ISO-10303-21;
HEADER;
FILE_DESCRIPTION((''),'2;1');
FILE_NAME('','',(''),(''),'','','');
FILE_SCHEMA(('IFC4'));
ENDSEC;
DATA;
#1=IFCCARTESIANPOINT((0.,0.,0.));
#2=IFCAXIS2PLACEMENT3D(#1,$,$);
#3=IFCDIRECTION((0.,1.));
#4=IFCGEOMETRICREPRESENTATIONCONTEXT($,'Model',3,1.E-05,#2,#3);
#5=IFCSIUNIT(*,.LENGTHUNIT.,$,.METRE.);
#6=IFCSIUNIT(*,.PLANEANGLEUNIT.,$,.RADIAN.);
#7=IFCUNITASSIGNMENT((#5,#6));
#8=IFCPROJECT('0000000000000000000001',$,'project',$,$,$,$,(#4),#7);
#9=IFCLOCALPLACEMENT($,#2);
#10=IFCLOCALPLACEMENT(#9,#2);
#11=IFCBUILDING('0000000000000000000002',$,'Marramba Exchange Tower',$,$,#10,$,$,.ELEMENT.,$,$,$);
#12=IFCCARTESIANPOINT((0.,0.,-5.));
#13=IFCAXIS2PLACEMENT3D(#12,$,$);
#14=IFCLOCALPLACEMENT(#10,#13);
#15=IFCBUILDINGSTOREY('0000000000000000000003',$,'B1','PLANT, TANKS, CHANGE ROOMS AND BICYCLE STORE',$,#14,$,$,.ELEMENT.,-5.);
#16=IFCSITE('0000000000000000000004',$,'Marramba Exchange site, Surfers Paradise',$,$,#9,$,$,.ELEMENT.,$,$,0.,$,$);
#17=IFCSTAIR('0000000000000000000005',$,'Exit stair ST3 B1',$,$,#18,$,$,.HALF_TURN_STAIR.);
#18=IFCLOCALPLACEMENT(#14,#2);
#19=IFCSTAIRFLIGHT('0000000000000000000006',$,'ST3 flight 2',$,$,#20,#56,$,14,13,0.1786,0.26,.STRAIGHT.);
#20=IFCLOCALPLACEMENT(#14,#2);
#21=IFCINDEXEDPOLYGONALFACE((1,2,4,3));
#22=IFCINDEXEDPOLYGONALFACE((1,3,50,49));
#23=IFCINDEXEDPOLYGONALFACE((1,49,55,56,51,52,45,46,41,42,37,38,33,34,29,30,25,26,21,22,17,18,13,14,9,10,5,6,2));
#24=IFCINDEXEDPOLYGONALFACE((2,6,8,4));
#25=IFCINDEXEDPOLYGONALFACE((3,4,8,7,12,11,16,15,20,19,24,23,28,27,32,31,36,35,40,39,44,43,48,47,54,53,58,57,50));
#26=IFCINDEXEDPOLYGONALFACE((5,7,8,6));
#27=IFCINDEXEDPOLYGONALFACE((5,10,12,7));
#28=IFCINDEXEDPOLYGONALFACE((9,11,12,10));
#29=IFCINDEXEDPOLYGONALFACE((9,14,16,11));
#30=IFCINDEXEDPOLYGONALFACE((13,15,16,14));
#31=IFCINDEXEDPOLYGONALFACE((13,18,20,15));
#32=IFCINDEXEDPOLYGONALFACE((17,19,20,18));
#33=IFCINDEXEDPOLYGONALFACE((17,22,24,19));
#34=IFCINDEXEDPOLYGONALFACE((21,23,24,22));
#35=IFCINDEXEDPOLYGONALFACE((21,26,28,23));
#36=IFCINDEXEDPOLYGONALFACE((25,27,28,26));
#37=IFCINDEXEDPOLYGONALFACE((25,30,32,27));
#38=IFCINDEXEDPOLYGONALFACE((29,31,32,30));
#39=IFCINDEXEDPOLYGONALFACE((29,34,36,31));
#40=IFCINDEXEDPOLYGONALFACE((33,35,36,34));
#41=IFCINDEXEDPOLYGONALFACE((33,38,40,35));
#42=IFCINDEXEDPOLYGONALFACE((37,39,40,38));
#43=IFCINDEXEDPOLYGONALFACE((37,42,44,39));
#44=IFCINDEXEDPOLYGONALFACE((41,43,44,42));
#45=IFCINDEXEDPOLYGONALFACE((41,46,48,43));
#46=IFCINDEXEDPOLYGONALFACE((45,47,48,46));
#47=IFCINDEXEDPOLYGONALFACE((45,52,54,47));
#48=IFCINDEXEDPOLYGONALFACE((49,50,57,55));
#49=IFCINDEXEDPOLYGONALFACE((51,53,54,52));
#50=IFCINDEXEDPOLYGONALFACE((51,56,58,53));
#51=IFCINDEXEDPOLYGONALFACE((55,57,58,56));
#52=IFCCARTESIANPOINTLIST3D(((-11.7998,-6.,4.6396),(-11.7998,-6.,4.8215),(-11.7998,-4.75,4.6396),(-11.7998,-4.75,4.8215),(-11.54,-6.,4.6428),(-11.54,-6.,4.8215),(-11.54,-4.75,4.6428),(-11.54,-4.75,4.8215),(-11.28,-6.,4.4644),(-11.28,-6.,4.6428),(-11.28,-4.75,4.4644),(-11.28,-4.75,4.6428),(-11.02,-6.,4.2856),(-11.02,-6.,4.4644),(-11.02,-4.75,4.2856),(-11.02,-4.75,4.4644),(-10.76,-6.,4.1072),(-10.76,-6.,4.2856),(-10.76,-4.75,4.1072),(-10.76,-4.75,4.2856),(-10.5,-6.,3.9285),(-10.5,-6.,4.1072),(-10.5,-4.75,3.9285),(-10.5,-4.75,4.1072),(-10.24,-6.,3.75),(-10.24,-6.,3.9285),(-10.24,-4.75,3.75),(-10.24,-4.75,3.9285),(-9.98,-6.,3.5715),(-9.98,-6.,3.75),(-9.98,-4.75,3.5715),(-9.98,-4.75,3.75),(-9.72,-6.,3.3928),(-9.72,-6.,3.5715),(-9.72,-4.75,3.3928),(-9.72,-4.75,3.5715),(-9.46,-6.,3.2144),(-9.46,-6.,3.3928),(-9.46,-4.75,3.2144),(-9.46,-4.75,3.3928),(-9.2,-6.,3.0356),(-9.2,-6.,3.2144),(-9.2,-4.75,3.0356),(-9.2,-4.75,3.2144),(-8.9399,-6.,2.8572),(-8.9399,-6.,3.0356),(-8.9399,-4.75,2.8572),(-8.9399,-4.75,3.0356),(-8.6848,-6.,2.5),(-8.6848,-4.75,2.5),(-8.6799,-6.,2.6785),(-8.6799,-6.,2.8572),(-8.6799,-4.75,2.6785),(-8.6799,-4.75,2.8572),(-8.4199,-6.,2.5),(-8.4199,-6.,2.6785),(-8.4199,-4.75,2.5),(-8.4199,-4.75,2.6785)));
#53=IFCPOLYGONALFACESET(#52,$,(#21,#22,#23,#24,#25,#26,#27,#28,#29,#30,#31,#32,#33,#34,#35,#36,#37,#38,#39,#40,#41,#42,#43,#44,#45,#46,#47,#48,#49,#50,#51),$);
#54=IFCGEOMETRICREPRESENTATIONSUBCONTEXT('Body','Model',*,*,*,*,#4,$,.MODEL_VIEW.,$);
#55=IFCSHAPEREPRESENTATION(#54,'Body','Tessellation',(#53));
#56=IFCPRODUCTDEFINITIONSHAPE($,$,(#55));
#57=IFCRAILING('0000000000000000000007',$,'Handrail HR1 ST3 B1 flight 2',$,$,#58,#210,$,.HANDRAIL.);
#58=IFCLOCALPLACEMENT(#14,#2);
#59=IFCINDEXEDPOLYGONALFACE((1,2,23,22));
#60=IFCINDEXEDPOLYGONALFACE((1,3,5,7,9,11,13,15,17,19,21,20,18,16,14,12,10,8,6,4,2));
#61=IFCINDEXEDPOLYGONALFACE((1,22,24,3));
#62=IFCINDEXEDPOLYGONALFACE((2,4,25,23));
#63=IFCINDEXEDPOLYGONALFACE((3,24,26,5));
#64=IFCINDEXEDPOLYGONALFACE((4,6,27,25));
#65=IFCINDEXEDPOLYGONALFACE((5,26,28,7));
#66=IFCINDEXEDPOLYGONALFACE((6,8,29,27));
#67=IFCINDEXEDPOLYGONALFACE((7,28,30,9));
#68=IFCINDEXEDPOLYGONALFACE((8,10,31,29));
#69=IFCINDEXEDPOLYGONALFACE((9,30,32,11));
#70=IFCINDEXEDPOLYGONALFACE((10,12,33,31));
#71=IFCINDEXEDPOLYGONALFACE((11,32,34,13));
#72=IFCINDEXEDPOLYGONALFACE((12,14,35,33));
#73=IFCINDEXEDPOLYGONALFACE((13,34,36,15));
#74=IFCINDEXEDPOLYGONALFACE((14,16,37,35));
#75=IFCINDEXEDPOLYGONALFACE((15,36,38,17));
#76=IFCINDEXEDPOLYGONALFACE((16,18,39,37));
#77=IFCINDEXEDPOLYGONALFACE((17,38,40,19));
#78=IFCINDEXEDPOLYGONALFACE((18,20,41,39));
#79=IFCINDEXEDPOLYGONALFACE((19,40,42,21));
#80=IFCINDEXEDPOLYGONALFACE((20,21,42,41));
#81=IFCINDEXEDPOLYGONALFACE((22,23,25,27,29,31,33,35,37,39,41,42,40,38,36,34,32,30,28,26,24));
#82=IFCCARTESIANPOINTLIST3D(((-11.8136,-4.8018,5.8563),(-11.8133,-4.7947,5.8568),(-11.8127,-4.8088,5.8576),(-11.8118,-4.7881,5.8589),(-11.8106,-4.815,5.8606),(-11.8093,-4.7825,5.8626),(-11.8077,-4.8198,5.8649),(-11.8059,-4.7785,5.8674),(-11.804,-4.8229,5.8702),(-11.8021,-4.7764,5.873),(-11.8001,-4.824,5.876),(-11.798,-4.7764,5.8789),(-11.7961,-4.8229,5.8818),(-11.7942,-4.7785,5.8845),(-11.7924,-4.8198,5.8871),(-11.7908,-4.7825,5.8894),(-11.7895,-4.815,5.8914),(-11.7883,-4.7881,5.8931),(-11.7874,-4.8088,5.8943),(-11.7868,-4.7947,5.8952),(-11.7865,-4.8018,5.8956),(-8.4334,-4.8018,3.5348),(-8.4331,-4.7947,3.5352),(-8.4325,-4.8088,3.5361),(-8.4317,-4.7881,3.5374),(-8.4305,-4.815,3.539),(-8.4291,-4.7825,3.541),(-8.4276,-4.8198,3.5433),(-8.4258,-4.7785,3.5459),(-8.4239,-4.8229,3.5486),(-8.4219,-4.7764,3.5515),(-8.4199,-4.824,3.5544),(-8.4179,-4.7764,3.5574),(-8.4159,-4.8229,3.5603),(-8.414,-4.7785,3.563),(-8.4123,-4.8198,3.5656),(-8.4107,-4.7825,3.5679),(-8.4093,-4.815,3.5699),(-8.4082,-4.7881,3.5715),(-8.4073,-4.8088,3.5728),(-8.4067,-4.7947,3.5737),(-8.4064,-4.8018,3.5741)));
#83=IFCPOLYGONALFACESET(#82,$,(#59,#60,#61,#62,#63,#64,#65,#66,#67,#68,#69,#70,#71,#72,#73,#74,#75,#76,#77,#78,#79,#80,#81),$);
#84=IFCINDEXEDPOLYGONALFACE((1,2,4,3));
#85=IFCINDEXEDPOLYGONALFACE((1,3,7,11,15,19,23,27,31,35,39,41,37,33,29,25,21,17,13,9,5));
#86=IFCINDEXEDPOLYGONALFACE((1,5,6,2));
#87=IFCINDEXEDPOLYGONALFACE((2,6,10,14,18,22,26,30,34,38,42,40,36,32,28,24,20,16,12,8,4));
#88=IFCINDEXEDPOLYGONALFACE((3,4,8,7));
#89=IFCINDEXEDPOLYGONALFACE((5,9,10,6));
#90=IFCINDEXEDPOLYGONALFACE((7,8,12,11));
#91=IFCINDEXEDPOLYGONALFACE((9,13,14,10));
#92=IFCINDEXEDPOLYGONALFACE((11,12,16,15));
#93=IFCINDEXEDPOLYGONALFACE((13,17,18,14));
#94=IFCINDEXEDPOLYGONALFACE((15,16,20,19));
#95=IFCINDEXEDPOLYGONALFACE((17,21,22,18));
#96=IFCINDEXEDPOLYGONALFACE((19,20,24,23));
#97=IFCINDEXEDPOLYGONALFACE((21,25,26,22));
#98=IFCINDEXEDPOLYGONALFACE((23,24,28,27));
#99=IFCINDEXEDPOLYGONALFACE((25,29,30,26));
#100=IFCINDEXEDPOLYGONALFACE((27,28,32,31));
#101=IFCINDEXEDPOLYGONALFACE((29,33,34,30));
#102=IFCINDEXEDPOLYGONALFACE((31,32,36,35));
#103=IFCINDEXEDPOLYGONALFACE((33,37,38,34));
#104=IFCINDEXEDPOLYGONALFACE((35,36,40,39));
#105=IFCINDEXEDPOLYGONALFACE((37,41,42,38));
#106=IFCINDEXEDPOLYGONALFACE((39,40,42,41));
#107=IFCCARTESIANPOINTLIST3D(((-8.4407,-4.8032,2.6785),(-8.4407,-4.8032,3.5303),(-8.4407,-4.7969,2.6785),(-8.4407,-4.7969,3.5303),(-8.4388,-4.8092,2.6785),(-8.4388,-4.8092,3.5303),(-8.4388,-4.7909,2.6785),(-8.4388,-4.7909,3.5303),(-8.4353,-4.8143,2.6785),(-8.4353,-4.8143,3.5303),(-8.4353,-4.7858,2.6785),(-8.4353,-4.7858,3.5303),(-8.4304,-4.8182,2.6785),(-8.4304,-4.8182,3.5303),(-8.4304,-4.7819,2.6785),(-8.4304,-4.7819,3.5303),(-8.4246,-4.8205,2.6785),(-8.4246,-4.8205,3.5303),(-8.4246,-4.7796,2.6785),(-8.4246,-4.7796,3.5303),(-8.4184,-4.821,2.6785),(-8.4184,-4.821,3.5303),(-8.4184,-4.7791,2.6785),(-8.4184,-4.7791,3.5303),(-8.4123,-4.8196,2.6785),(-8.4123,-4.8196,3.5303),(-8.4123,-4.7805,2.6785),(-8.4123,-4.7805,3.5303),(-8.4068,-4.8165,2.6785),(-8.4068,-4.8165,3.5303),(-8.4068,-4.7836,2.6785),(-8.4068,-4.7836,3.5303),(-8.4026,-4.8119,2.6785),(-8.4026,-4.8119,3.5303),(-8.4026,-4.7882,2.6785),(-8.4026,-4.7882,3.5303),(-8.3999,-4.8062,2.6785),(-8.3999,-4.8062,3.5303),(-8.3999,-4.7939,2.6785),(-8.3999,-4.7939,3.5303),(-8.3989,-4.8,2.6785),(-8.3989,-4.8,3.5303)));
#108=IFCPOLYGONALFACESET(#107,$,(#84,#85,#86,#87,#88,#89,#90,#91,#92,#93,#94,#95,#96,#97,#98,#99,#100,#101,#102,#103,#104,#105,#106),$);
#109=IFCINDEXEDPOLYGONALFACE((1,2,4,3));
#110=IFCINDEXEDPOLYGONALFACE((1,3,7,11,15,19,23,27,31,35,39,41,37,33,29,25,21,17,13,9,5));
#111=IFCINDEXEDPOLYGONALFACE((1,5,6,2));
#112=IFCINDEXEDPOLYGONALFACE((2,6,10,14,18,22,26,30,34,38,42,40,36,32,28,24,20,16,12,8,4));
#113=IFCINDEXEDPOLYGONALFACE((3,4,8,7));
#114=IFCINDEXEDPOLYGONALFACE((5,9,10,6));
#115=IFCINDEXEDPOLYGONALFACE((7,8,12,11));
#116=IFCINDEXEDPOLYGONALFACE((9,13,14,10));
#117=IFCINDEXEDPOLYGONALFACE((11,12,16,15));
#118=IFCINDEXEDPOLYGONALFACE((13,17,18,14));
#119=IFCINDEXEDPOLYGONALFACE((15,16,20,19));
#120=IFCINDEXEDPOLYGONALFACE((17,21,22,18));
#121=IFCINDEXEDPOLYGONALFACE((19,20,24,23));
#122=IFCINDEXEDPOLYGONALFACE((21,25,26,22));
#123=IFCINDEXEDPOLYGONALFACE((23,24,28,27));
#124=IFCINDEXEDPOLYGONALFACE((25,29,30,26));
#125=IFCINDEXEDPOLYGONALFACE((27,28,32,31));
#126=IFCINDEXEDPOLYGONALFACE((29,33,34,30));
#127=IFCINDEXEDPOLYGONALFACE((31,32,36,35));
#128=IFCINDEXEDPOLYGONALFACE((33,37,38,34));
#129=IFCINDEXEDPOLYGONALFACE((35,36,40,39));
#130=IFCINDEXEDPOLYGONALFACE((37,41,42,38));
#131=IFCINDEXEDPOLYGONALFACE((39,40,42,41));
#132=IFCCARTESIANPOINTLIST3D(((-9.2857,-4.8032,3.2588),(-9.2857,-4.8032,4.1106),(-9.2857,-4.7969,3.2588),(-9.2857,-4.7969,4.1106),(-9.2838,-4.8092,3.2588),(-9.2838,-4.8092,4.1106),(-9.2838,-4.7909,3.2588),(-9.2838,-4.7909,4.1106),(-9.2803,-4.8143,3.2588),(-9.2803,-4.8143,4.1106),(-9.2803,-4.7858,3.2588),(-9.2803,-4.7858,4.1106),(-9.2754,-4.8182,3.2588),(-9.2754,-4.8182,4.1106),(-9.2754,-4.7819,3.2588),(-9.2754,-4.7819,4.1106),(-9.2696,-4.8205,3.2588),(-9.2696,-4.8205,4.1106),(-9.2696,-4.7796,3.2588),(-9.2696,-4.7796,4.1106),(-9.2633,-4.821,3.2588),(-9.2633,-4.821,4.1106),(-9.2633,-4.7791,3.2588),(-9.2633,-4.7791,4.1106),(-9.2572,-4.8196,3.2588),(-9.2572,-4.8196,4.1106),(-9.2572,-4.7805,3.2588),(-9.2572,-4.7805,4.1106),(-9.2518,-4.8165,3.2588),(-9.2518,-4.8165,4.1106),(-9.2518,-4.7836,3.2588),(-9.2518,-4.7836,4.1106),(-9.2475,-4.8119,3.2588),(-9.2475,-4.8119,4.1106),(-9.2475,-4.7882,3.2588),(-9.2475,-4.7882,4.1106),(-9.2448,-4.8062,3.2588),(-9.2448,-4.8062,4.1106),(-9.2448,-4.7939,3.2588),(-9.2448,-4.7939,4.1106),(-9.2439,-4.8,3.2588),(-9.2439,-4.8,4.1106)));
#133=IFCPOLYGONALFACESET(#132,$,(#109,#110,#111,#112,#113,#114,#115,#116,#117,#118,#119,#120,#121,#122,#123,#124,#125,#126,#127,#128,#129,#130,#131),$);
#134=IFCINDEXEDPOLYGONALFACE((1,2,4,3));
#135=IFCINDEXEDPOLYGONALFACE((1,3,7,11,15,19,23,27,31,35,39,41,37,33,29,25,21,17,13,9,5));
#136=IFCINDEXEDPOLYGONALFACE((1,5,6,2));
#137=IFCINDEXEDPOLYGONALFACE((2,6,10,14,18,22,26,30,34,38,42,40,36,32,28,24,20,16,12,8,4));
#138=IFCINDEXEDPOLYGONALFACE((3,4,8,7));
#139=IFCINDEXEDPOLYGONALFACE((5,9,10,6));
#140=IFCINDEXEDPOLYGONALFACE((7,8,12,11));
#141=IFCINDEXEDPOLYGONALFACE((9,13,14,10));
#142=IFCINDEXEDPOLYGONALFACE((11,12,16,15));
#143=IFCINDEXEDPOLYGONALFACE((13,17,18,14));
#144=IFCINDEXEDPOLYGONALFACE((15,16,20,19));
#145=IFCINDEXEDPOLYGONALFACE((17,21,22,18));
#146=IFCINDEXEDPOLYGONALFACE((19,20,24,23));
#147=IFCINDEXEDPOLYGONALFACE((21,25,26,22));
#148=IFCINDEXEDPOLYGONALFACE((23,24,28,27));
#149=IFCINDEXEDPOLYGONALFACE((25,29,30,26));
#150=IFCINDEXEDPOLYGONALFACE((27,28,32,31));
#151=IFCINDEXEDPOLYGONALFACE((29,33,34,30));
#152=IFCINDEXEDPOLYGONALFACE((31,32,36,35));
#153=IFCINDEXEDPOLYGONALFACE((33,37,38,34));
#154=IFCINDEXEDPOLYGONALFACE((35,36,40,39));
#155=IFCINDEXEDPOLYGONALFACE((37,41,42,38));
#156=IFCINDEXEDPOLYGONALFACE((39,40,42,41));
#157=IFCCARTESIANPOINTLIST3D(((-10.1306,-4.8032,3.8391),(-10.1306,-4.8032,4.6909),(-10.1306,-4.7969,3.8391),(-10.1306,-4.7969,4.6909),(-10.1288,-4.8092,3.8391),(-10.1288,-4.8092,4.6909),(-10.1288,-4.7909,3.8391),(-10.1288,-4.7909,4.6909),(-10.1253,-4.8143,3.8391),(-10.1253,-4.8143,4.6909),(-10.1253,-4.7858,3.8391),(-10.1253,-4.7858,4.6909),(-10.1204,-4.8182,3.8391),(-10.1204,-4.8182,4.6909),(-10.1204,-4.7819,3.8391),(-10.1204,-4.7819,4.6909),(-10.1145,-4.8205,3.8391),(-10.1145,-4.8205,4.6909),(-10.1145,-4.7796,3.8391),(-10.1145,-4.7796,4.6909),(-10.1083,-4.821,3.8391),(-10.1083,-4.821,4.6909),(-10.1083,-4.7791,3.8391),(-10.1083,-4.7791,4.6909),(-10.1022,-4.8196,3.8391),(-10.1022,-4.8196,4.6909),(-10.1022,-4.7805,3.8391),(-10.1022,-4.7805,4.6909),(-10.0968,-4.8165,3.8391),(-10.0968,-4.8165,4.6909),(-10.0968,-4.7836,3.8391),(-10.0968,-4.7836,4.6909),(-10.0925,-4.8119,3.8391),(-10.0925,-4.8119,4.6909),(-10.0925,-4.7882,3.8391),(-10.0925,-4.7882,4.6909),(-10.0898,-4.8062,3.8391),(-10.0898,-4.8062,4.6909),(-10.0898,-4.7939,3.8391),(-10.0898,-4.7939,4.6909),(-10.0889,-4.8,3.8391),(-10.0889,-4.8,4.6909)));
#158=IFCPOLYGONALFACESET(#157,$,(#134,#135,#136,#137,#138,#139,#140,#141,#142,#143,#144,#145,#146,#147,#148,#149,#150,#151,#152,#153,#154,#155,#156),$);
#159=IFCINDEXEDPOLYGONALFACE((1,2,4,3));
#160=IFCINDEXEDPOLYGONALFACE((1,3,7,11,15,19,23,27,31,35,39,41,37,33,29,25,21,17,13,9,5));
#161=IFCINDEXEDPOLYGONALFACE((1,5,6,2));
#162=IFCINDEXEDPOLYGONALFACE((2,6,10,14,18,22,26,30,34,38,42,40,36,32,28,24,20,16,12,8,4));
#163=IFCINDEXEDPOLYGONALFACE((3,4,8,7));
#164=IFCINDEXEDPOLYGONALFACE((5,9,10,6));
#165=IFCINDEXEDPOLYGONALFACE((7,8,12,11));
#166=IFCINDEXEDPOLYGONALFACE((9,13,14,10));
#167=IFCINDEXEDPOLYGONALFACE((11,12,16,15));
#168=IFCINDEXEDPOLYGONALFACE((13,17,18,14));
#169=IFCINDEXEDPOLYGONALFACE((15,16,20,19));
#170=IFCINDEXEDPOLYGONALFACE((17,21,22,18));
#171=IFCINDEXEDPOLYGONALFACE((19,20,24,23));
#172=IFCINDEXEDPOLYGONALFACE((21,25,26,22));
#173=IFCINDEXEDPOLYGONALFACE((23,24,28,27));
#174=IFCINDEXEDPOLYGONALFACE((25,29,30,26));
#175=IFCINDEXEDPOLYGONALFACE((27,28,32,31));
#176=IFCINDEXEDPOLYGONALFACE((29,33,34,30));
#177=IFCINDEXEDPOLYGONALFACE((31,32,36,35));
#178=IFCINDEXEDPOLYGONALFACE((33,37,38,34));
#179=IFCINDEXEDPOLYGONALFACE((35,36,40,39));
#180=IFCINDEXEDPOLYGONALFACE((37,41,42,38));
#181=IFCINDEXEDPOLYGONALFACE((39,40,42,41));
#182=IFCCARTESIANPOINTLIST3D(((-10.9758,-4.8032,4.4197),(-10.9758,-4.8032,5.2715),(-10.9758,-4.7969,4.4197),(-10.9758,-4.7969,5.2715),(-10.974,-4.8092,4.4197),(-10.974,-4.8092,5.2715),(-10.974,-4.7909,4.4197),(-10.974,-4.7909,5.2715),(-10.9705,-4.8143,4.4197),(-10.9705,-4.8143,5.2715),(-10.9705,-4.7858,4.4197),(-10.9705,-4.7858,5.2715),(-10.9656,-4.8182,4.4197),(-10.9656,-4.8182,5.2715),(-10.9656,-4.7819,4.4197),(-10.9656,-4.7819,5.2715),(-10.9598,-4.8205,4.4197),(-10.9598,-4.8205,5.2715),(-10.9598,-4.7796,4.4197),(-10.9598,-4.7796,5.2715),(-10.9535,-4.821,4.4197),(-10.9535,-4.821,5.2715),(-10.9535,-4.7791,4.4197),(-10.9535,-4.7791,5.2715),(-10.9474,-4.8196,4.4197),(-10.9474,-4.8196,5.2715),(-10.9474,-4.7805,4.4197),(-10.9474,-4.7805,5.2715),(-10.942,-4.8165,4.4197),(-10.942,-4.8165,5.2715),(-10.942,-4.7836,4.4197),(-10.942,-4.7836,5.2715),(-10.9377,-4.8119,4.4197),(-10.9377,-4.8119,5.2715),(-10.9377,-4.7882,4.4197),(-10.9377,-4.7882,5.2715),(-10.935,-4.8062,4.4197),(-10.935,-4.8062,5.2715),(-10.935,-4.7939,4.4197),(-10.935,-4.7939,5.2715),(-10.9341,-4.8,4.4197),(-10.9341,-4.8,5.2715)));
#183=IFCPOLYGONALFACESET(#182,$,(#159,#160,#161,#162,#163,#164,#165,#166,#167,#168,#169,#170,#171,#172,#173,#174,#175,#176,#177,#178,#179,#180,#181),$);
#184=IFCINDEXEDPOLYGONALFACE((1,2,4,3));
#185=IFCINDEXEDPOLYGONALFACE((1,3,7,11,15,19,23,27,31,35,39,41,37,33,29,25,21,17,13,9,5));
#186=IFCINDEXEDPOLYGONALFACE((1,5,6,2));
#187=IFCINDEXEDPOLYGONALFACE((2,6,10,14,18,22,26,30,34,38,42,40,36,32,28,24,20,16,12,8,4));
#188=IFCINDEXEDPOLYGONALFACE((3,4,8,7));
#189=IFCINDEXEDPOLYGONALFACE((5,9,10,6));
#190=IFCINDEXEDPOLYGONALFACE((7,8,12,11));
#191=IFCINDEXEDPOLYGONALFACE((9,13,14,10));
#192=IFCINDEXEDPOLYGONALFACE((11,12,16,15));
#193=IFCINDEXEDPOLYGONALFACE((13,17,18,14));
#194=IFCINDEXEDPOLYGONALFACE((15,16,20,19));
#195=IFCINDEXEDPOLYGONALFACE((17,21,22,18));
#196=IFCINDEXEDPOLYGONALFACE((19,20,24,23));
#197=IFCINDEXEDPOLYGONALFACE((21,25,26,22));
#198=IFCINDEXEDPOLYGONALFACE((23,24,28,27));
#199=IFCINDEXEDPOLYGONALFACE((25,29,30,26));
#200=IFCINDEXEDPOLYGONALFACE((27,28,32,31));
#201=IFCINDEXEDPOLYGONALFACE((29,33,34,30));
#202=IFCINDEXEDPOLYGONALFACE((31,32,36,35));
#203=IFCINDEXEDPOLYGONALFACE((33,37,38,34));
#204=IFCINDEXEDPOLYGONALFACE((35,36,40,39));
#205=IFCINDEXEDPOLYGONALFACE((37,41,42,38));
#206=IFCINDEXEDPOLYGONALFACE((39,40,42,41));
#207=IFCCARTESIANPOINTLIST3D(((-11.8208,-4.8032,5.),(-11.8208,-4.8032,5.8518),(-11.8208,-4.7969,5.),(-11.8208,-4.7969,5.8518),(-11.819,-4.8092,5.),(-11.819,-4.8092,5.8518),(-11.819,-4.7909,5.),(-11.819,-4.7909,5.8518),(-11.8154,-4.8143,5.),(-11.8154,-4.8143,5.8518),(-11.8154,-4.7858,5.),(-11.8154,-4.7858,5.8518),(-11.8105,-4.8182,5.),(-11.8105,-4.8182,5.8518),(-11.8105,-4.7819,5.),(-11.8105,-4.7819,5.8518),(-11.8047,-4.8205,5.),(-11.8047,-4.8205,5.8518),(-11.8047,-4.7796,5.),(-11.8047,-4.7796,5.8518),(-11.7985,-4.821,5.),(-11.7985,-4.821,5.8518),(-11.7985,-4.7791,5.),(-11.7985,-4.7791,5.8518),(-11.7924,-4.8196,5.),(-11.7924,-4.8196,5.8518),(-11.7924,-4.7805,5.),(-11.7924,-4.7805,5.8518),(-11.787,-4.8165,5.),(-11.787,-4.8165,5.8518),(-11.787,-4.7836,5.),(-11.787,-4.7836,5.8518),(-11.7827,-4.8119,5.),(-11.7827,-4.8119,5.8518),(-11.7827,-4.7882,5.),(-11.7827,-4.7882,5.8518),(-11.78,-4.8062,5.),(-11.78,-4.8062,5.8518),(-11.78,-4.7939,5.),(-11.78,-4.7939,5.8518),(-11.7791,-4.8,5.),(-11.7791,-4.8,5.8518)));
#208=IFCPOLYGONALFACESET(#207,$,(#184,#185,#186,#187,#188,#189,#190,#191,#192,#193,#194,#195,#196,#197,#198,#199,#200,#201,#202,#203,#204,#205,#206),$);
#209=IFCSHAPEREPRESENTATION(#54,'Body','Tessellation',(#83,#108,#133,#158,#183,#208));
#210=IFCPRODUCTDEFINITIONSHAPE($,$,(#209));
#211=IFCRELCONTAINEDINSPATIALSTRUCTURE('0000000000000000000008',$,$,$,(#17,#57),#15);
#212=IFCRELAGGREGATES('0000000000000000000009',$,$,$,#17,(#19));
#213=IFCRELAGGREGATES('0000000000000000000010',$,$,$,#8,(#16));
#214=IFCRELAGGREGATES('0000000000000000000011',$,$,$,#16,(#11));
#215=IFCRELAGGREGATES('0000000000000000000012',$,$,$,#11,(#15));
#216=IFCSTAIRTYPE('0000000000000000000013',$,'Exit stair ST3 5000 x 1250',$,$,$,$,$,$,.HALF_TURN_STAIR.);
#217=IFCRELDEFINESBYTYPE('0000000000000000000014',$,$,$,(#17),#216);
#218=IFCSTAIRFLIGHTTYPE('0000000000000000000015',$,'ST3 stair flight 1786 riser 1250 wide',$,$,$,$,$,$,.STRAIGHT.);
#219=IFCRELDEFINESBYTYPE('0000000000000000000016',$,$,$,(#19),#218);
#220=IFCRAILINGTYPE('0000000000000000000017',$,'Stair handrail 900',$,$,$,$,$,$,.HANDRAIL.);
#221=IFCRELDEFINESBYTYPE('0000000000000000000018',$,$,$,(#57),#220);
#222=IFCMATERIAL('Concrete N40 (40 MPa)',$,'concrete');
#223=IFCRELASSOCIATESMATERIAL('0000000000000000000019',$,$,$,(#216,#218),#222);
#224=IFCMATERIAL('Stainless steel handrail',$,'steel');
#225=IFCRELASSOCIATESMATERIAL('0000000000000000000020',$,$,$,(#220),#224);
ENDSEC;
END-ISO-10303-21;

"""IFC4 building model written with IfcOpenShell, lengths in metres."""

from ifc_helpers import new_model, si_unit, direction, frame, origin, origin_2d, place, context, subcontext, project, spatial, polyline, circle, outline, extrude, material, type_object, element, aggregate, save


model = new_model("IFC4")

# Units and contexts
model_context = context("Model", 3, precision=1e-05, world=origin(), true_north=direction((0.0, 1.0)))
body_context = subcontext(model_context, "Body", "Model", "MODEL_VIEW")
ifc_project = project(units=[si_unit("LENGTHUNIT", "METRE"), si_unit("PLANEANGLEUNIT", "RADIAN")], contexts=[model_context])

# Site, building, storey
site_placement = place(None, origin())
site = spatial("IfcSite", under=ifc_project, at=site_placement, Name="Marramba Exchange site, Surfers Paradise", CompositionType="ELEMENT", RefElevation=0.0)
building_placement = place(site_placement, origin())
building = spatial("IfcBuilding", under=site, at=building_placement, Name="Marramba Exchange Tower", CompositionType="ELEMENT")
storey_placement = place(building_placement, frame((0.0, 0.0, -5.0)))
storey = spatial("IfcBuildingStorey", under=building, at=storey_placement, Name="B1", Description="PLANT, TANKS, CHANGE ROOMS AND BICYCLE STORE", CompositionType="ELEMENT", Elevation=-5.0)

# Stair, stair flight
ifc_material_1 = material(Name="Concrete N40 (40 MPa)", Category="concrete")
stair_type = type_object("IfcStairType", Name="Exit stair ST3 5000 x 1250", PredefinedType="HALF_TURN_STAIR", material=ifc_material_1)
stair_placement = place(storey_placement, origin())
stair = element("IfcStair", 1, at=stair_placement, inside=storey, type_object=stair_type, Name="Exit stair ST3 B1", PredefinedType="HALF_TURN_STAIR")
stair_flight_type = type_object("IfcStairFlightType", Name="ST3 stair flight 1786 riser 1250 wide", PredefinedType="STRAIGHT", material=ifc_material_1)
stair_flight_placement = place(storey_placement, frame((-8.4199, -5.375, 2.5), z_axis=(0.0, 0.0, 1.0), x_axis=(-1.0, 0.0, 0.0)))
stair_flight = element("IfcStairFlight", 2, at=stair_flight_placement, type_object=stair_flight_type, Name="ST3 flight 2", NumberOfRisers=14, NumberOfTreads=13, PredefinedType="STRAIGHT", RiserHeight=0.1786, TreadLength=0.26, context=body_context, shape_type="SweptSolid", body=[
    extrude(outline(polyline([(0.0, 0.0), (0.0, 0.1785), (0.26, 0.1785), (0.26, 0.3572), (0.52, 0.3572), (0.52, 0.5356), (0.78, 0.5356), (0.78, 0.7144), (1.04, 0.7144), (1.04, 0.8928), (1.3, 0.8928), (1.3, 1.0715), (1.5601, 1.0715), (1.5601, 1.25), (1.8201, 1.25), (1.8201, 1.4285), (2.0801, 1.4285), (2.0801, 1.6072), (2.3401, 1.6072), (2.3401, 1.7856), (2.6001, 1.7856), (2.6001, 1.9644), (2.8601, 1.9644), (2.8601, 2.1428), (3.1201, 2.1428), (3.1201, 2.3215), (3.3799, 2.3215), (3.3799, 2.5), (3.3799, 2.1396), (0.2649, 0.0), (0.0, 0.0)])), frame((0.0, 0.625, 0.0), z_axis=(0.0, -1.0, 0.0), x_axis=(1.0, 0.0, 0.0)), (0.0, 0.0, 1.0), 1.25),
])
aggregate(stair, [stair_flight])

# Railing
ifc_material_2 = material(Name="Stainless steel handrail", Category="steel")
railing_type_1 = type_object("IfcRailingType", Name="Stair handrail 900", PredefinedType="HANDRAIL", material=ifc_material_2)
railing_1_placement = place(storey_placement, frame((-8.4199, -4.8, 2.6785)))
element("IfcRailing", 3, at=railing_1_placement, inside=storey, type_object=railing_type_1, Name="Handrail HR1 ST3 B1 flight 2", PredefinedType="HANDRAIL", context=body_context, shape_type="SweptSolid", body=[
    extrude(circle(Radius=0.0239, at=origin_2d()), frame((0.0, 0.0, 0.876), z_axis=(-0.824304, 0.0, 0.566147), x_axis=(0.0, -1.0, 0.0)), (0.0, 0.0, 1.0), 4.1006),
    extrude(circle(Radius=0.021, at=origin_2d()), origin(), (0.0, 0.0, 1.0), 0.8518),
    extrude(circle(Radius=0.021, at=origin_2d()), frame((-0.845, 0.0, 0.5803)), (0.0, 0.0, 1.0), 0.8518),
    extrude(circle(Radius=0.021, at=origin_2d()), frame((-1.6899, 0.0, 1.1606)), (0.0, 0.0, 1.0), 0.8518),
    extrude(circle(Radius=0.021, at=origin_2d()), frame((-2.5352, 0.0, 1.7412)), (0.0, 0.0, 1.0), 0.8518),
    extrude(circle(Radius=0.021, at=origin_2d()), frame((-3.3801, 0.0, 2.3215)), (0.0, 0.0, 1.0), 0.8518),
])

save(model, "model.ifc")
